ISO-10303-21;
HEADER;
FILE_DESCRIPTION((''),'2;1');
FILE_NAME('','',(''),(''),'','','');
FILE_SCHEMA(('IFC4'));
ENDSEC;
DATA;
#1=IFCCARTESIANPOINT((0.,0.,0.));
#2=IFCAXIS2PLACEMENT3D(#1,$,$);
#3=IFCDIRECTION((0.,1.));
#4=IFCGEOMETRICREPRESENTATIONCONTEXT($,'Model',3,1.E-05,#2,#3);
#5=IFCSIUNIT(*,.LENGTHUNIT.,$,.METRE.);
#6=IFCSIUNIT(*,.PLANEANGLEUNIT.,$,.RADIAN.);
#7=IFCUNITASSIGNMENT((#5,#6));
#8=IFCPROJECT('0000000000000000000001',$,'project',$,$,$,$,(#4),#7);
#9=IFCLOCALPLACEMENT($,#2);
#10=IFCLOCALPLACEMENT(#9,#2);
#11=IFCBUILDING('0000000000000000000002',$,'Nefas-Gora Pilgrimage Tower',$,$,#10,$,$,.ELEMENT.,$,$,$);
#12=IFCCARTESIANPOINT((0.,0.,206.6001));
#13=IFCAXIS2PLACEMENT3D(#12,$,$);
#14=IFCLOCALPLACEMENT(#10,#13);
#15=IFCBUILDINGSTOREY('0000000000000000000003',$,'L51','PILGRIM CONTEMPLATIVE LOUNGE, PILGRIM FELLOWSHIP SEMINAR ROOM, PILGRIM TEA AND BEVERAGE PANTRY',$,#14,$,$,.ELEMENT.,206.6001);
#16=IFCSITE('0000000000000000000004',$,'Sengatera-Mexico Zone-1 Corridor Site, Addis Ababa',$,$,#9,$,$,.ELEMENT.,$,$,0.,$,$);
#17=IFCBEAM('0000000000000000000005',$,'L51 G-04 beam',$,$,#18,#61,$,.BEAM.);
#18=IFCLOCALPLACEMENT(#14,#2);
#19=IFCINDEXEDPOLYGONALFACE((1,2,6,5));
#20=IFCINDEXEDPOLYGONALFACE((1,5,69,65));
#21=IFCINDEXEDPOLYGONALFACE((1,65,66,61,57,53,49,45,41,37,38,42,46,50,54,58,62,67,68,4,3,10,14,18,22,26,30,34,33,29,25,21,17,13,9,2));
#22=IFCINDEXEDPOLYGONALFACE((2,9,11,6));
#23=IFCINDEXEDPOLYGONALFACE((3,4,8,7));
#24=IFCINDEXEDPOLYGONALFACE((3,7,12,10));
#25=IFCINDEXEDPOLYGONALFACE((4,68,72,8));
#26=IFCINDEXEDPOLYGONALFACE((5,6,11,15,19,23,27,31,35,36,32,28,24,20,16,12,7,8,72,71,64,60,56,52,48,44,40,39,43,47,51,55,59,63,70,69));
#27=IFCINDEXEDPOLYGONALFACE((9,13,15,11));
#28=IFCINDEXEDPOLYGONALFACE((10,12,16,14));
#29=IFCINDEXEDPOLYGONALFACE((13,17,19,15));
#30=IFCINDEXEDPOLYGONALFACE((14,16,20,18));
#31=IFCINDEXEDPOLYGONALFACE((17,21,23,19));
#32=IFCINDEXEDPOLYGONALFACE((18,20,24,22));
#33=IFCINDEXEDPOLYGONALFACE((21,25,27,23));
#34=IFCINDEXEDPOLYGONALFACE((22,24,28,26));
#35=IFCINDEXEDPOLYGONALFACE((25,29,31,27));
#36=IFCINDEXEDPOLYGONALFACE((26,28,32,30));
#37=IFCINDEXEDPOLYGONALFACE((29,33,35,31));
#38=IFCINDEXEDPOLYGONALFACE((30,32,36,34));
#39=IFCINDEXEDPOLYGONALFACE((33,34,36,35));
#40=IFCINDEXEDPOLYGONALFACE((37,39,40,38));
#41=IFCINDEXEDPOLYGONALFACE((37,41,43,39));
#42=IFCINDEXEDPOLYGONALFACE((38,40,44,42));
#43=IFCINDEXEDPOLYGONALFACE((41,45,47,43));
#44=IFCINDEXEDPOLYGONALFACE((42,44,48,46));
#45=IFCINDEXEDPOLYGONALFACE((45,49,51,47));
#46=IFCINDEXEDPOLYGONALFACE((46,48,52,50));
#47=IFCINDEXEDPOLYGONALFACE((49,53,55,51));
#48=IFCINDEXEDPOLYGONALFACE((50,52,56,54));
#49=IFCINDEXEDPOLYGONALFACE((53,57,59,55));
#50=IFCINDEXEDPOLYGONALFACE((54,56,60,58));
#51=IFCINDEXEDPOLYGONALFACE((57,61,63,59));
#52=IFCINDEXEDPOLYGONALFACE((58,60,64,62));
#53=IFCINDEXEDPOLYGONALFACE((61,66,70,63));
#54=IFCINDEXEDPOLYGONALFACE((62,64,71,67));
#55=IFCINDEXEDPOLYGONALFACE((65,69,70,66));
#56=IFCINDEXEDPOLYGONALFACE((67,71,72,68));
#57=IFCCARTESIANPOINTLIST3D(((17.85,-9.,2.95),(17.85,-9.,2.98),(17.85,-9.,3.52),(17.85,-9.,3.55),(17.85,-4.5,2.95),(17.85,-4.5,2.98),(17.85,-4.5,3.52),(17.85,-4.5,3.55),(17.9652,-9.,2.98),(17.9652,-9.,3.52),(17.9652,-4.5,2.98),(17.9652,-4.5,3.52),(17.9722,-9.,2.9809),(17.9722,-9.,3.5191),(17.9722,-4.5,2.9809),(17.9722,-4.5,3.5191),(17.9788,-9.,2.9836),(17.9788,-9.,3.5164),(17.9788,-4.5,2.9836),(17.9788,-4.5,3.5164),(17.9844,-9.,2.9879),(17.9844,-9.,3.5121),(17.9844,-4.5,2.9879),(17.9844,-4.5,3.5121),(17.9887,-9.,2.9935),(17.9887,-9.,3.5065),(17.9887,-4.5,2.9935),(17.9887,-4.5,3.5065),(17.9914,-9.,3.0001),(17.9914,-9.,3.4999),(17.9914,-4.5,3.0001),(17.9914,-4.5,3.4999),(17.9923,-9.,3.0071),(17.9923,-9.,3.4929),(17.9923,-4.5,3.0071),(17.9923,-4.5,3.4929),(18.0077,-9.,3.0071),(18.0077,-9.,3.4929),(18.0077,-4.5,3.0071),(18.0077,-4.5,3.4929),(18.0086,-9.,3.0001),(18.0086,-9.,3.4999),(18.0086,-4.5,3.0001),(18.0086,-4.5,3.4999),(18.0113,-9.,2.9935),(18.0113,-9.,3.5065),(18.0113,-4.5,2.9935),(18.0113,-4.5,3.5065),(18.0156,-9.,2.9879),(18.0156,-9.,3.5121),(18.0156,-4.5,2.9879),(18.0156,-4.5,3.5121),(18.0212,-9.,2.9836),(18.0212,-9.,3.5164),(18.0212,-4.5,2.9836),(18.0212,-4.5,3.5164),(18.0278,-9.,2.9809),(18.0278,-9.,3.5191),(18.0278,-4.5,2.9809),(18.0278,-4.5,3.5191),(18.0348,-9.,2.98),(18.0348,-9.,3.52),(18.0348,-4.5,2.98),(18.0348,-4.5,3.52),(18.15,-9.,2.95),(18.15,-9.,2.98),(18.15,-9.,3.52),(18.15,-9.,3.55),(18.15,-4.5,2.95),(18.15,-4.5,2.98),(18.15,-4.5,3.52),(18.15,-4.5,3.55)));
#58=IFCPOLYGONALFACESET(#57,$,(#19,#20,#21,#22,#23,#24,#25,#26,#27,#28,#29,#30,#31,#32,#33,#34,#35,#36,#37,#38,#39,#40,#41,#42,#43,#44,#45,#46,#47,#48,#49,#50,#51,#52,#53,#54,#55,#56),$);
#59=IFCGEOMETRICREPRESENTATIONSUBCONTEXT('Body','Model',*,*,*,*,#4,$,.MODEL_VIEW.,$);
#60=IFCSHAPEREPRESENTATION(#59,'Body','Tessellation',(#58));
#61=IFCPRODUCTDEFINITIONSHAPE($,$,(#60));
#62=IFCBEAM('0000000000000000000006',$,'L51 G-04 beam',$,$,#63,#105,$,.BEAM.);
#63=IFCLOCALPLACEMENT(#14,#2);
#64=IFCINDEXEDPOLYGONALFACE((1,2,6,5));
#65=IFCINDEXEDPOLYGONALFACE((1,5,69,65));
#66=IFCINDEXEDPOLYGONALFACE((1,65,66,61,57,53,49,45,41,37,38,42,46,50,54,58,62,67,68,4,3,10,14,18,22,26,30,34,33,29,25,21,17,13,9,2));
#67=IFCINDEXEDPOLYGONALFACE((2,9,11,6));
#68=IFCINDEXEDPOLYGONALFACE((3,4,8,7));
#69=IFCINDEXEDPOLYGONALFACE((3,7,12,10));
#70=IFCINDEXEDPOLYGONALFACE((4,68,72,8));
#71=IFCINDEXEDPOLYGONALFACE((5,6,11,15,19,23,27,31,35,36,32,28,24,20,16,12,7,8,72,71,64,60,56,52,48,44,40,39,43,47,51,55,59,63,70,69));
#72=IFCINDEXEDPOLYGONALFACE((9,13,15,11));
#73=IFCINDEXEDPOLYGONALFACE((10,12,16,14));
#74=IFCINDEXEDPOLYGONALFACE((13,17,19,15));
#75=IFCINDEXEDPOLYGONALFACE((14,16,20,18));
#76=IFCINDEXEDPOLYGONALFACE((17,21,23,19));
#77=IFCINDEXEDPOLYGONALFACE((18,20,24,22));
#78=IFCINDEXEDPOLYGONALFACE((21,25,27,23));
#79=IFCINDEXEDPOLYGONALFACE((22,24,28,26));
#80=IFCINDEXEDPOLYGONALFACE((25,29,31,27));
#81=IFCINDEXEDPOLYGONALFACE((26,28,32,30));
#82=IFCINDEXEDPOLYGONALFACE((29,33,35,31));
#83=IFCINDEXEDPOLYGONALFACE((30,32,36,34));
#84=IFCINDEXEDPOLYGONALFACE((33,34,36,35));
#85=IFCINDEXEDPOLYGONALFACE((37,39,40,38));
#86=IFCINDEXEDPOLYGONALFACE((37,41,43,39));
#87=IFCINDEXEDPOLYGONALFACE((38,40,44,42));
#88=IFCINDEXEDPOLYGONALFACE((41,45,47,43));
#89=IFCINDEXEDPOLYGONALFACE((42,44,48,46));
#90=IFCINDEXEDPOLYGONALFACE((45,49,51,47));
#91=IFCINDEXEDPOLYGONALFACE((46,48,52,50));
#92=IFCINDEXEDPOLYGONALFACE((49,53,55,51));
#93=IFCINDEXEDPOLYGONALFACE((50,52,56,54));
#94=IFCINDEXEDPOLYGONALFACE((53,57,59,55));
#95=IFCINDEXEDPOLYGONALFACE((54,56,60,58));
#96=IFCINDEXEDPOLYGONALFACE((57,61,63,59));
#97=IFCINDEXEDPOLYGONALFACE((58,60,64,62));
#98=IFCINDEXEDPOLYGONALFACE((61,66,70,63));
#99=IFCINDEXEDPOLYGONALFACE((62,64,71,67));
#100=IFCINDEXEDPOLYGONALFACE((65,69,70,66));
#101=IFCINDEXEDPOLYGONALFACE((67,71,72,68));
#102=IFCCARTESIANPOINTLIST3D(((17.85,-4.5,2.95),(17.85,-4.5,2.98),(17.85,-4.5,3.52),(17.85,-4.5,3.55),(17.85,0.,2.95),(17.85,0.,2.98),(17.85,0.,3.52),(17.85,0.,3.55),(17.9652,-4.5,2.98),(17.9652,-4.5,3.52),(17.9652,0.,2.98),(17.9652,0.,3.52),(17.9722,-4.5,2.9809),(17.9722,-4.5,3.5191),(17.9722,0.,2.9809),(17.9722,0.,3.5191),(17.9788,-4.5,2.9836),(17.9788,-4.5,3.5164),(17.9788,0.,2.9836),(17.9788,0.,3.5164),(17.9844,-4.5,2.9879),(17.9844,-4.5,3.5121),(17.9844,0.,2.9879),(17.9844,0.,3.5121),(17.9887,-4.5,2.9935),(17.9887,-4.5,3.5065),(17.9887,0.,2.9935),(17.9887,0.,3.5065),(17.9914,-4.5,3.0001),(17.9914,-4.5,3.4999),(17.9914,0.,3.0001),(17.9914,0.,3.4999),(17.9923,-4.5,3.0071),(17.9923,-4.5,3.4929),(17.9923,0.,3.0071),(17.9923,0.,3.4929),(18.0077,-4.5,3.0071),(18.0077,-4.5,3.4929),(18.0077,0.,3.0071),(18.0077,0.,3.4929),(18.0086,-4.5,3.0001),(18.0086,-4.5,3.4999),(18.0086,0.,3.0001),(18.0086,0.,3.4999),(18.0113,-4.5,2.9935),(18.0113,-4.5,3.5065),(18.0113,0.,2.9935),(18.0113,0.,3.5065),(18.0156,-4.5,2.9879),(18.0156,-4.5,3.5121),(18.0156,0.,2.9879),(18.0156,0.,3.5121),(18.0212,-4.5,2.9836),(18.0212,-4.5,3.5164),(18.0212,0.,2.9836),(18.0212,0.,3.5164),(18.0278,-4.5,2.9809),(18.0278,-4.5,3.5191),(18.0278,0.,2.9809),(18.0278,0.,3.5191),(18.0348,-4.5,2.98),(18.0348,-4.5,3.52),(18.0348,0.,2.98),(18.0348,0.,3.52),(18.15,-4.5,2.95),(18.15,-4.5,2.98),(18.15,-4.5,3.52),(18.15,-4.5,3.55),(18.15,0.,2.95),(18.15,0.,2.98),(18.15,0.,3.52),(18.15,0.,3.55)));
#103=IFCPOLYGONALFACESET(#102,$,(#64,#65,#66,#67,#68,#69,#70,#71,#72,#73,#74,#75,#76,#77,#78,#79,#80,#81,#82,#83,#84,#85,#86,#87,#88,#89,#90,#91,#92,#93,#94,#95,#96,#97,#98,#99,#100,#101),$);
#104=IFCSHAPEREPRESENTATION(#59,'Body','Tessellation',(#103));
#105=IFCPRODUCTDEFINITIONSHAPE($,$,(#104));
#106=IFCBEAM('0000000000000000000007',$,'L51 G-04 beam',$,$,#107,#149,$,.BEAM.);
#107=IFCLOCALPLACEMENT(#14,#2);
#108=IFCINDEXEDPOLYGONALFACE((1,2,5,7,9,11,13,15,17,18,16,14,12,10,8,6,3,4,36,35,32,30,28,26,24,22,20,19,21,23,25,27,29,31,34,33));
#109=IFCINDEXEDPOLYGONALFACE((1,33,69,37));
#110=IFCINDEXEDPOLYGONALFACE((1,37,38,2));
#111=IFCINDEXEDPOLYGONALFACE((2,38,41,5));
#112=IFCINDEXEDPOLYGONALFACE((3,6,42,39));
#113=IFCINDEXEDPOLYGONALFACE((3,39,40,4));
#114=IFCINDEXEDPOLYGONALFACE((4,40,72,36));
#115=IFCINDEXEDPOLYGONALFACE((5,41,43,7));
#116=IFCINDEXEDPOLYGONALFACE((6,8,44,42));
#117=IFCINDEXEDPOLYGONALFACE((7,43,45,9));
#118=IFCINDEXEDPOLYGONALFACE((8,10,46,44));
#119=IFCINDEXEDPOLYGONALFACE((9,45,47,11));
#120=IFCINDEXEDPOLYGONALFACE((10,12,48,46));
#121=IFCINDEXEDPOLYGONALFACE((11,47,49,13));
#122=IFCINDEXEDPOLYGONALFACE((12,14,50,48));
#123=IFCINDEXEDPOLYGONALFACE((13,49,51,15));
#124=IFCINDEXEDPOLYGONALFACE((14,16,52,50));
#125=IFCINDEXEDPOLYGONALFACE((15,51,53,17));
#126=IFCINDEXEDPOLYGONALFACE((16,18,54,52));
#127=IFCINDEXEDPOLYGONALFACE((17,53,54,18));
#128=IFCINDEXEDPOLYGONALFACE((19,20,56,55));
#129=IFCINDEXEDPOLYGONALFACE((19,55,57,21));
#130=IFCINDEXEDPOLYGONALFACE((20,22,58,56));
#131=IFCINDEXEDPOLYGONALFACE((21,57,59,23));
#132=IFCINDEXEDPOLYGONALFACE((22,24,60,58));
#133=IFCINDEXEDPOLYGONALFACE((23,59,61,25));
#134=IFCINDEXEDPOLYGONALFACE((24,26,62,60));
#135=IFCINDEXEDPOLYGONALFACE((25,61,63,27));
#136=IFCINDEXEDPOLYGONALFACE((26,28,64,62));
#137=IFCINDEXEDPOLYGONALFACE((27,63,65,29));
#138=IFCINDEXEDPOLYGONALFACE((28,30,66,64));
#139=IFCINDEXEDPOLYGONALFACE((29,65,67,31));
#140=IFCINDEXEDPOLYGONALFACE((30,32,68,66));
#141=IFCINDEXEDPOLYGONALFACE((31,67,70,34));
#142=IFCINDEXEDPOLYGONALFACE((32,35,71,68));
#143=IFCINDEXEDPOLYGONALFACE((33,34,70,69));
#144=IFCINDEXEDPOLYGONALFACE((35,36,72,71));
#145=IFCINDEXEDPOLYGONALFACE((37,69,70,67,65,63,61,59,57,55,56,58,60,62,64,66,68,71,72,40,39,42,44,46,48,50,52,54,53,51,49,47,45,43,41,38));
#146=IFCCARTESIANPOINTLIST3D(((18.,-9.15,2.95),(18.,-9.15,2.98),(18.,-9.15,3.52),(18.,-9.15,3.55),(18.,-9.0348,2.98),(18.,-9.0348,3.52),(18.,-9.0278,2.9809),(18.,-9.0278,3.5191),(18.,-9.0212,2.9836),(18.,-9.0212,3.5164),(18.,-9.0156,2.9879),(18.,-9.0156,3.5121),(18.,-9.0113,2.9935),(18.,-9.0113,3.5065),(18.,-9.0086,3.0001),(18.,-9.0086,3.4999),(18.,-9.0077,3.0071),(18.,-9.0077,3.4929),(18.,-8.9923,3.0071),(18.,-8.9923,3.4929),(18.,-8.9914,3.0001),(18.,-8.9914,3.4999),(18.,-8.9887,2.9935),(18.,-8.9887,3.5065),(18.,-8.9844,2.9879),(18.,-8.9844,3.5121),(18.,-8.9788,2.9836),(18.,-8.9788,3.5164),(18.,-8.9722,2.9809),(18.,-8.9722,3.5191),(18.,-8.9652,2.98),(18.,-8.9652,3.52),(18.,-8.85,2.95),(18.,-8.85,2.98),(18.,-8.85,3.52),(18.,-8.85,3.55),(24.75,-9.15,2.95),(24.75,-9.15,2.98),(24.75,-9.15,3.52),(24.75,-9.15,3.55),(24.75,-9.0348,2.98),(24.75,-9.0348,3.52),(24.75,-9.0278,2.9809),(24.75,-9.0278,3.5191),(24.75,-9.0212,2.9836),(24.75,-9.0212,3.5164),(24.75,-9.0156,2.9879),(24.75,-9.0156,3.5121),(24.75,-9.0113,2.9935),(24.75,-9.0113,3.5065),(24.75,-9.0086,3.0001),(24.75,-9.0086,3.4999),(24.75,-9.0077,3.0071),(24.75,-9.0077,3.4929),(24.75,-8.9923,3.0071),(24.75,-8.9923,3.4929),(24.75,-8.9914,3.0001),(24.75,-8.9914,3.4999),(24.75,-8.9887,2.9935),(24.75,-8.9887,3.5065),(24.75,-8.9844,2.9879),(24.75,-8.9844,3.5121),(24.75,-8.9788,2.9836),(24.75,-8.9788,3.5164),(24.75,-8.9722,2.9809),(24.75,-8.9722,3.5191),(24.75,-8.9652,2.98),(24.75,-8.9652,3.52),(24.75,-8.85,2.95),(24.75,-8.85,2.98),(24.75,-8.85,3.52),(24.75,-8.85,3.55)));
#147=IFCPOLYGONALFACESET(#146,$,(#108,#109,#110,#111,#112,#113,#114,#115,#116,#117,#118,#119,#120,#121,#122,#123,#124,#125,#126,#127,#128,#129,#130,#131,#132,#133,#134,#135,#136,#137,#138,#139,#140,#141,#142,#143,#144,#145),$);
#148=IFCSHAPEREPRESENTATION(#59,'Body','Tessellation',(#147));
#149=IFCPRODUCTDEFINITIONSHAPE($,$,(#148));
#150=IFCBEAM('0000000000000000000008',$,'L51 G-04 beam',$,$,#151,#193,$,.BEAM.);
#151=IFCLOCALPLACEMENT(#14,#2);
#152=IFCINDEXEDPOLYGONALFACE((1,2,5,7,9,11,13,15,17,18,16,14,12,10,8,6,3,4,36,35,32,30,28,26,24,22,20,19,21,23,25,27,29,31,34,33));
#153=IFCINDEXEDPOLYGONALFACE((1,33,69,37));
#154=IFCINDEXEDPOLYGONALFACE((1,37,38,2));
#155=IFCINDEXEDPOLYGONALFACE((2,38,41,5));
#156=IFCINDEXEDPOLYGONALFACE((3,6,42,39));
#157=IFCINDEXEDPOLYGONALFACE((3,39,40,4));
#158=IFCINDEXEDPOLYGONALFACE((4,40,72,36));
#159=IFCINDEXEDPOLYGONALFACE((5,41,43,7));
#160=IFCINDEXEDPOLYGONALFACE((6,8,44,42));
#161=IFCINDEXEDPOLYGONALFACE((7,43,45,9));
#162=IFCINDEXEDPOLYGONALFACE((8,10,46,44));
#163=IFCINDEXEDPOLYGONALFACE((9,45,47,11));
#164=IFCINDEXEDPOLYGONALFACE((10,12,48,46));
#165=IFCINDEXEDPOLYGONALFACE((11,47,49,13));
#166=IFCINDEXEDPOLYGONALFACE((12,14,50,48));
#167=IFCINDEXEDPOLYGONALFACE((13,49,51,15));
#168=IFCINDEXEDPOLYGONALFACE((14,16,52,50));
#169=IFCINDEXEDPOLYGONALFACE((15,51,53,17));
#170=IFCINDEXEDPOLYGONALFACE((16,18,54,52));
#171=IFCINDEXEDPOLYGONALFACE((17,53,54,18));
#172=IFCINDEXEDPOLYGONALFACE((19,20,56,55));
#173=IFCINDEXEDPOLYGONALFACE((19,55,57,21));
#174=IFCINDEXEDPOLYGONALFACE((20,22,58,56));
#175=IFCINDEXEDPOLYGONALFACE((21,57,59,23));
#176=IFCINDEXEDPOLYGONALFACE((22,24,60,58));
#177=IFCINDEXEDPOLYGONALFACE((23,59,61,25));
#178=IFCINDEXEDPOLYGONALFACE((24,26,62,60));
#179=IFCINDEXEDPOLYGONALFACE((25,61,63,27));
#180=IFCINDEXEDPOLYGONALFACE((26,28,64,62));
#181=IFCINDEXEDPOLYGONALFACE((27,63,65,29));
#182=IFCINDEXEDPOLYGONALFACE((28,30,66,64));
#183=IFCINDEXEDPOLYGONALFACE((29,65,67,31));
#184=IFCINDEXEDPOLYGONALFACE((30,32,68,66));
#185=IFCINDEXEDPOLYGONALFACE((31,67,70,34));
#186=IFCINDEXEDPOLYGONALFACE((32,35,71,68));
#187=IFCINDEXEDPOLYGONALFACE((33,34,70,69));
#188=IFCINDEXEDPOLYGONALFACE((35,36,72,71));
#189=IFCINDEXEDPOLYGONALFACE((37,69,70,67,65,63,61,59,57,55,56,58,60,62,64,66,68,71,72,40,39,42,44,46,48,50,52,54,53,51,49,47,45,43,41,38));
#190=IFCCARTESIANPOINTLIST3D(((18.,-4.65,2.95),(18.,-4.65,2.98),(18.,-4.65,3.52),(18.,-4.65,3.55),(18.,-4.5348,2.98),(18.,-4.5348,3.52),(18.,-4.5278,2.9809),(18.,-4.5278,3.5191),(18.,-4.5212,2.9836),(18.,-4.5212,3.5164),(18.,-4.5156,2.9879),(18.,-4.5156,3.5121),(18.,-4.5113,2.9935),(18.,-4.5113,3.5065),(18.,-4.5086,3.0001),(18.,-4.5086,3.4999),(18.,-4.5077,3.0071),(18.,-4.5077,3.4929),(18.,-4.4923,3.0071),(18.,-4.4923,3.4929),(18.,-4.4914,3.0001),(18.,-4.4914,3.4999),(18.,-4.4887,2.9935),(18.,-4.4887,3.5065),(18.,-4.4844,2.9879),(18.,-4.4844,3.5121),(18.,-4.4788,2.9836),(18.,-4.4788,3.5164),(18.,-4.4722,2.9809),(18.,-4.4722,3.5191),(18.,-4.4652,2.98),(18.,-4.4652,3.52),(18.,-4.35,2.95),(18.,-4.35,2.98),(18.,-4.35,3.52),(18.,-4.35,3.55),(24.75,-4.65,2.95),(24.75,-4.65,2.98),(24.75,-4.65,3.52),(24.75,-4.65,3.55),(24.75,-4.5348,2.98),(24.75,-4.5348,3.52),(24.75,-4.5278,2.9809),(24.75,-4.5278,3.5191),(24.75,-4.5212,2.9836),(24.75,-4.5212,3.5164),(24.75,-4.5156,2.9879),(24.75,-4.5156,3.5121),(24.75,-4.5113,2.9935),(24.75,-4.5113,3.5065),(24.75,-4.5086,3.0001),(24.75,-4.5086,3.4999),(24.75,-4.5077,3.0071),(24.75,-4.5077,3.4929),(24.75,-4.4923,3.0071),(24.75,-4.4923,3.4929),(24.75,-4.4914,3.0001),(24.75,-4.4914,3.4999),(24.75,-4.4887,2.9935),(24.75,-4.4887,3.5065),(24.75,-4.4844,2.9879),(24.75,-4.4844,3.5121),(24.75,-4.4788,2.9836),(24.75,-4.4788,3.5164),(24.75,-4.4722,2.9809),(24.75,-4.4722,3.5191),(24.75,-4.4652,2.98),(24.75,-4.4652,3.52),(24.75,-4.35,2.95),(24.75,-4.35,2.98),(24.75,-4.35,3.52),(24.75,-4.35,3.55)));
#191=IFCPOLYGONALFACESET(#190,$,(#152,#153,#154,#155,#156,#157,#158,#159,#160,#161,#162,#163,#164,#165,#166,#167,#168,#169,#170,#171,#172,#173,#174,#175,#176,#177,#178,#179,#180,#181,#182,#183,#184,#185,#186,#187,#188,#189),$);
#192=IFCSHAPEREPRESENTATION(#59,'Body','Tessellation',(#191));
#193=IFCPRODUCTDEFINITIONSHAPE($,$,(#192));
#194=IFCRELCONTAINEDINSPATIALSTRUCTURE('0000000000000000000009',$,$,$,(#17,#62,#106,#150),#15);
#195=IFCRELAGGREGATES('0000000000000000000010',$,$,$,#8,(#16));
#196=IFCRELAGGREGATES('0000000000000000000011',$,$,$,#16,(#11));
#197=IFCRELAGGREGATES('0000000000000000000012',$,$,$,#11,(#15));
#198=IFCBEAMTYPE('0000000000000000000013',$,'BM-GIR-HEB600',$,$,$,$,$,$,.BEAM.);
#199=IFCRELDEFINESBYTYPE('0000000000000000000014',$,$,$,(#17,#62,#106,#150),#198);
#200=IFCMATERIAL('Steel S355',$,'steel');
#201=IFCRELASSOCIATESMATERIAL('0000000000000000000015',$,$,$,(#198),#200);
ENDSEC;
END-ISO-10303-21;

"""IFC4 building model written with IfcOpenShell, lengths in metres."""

from ifc_helpers import new_model, si_unit, direction, frame, origin, origin_2d, place, context, subcontext, project, spatial, i_section, extrude, source, transform, mapped, material, material_profile, profile_set, type_object, element, save


model = new_model("IFC4")

# Units and contexts
model_context = context("Model", 3, precision=1e-05, world=origin(), true_north=direction((0.0, 1.0)))
body_context = subcontext(model_context, "Body", "Model", "MODEL_VIEW")
ifc_project = project(units=[si_unit("LENGTHUNIT", "METRE"), si_unit("PLANEANGLEUNIT", "RADIAN")], contexts=[model_context])

# Site, building, storey
site_placement = place(None, origin())
site = spatial("IfcSite", under=ifc_project, at=site_placement, Name="Sengatera-Mexico Zone-1 Corridor Site, Addis Ababa", CompositionType="ELEMENT", RefElevation=0.0)
building_placement = place(site_placement, origin())
building = spatial("IfcBuilding", under=site, at=building_placement, Name="Nefas-Gora Pilgrimage Tower", CompositionType="ELEMENT")
storey_placement = place(building_placement, frame((0.0, 0.0, 206.6001)))
storey = spatial("IfcBuildingStorey", under=building, at=storey_placement, Name="L51", Description="PILGRIM CONTEMPLATIVE LOUNGE, PILGRIM FELLOWSHIP SEMINAR ROOM, PILGRIM TEA AND BEVERAGE PANTRY", CompositionType="ELEMENT", Elevation=206.6001)

# Beams
ifc_material_1 = material(Name="Steel S355", Category="steel")
ifc_material_profile_1 = material_profile(ifc_material_1, i_section(OverallWidth=0.3, OverallDepth=0.6001, WebThickness=0.0154, FlangeThickness=0.03, FilletRadius=0.0271, at=origin_2d()), Name="HEB 600")
ifc_profile_set_1 = profile_set([ifc_material_profile_1], Name="Steel S355")
beam_type_1 = type_object("IfcBeamType", Name="BM-GIR-HEB600", PredefinedType="BEAM", material=ifc_profile_set_1)
shared_shape_1 = source(origin(), body_context, "Body", "SweptSolid", [
    extrude(i_section(OverallWidth=0.3, OverallDepth=0.6001, WebThickness=0.0154, FlangeThickness=0.03, FilletRadius=0.0271, at=origin_2d()), origin(), (0.0, 0.0, 1.0), 4.5),
])
for number, where, z_axis, x_axis, name in (
    (1, (18.0, -9.0, 3.25), (0.0, 1.0, 0.0), (-1.0, 0.0, 0.0), "L51 G-04 beam"),
    (2, (18.0, -4.5, 3.25), (0.0, 1.0, 0.0), (-1.0, 0.0, 0.0), "L51 G-04 beam"),
):
    element("IfcBeam", number, at=place(storey_placement, frame(where, z_axis=z_axis, x_axis=x_axis)), inside=storey, type_object=beam_type_1, Name=name, PredefinedType="BEAM", context=body_context, shape_type="MappedRepresentation", body=[
        mapped(shared_shape_1, transform((0.0, 0.0, 0.0), x_axis=(1.0, 0.0, 0.0), y_axis=(0.0, 1.0, 0.0), z_axis=(0.0, 0.0, 1.0), scale=1.0)),
    ])
shared_shape_2 = source(origin(), body_context, "Body", "SweptSolid", [
    extrude(i_section(OverallWidth=0.3, OverallDepth=0.6001, WebThickness=0.0154, FlangeThickness=0.03, FilletRadius=0.0271, at=origin_2d()), origin(), (0.0, 0.0, 1.0), 6.75),
])
for number, where, z_axis, x_axis, name in (
    (3, (18.0, -9.0, 3.25), (1.0, 0.0, 0.0), (0.0, 1.0, 0.0), "L51 G-04 beam"),
    (4, (18.0, -4.5, 3.25), (1.0, 0.0, 0.0), (0.0, 1.0, 0.0), "L51 G-04 beam"),
):
    element("IfcBeam", number, at=place(storey_placement, frame(where, z_axis=z_axis, x_axis=x_axis)), inside=storey, type_object=beam_type_1, Name=name, PredefinedType="BEAM", context=body_context, shape_type="MappedRepresentation", body=[
        mapped(shared_shape_2, transform((0.0, 0.0, 0.0), x_axis=(1.0, 0.0, 0.0), y_axis=(0.0, 1.0, 0.0), z_axis=(0.0, 0.0, 1.0), scale=1.0)),
    ])

save(model, "model.ifc")
